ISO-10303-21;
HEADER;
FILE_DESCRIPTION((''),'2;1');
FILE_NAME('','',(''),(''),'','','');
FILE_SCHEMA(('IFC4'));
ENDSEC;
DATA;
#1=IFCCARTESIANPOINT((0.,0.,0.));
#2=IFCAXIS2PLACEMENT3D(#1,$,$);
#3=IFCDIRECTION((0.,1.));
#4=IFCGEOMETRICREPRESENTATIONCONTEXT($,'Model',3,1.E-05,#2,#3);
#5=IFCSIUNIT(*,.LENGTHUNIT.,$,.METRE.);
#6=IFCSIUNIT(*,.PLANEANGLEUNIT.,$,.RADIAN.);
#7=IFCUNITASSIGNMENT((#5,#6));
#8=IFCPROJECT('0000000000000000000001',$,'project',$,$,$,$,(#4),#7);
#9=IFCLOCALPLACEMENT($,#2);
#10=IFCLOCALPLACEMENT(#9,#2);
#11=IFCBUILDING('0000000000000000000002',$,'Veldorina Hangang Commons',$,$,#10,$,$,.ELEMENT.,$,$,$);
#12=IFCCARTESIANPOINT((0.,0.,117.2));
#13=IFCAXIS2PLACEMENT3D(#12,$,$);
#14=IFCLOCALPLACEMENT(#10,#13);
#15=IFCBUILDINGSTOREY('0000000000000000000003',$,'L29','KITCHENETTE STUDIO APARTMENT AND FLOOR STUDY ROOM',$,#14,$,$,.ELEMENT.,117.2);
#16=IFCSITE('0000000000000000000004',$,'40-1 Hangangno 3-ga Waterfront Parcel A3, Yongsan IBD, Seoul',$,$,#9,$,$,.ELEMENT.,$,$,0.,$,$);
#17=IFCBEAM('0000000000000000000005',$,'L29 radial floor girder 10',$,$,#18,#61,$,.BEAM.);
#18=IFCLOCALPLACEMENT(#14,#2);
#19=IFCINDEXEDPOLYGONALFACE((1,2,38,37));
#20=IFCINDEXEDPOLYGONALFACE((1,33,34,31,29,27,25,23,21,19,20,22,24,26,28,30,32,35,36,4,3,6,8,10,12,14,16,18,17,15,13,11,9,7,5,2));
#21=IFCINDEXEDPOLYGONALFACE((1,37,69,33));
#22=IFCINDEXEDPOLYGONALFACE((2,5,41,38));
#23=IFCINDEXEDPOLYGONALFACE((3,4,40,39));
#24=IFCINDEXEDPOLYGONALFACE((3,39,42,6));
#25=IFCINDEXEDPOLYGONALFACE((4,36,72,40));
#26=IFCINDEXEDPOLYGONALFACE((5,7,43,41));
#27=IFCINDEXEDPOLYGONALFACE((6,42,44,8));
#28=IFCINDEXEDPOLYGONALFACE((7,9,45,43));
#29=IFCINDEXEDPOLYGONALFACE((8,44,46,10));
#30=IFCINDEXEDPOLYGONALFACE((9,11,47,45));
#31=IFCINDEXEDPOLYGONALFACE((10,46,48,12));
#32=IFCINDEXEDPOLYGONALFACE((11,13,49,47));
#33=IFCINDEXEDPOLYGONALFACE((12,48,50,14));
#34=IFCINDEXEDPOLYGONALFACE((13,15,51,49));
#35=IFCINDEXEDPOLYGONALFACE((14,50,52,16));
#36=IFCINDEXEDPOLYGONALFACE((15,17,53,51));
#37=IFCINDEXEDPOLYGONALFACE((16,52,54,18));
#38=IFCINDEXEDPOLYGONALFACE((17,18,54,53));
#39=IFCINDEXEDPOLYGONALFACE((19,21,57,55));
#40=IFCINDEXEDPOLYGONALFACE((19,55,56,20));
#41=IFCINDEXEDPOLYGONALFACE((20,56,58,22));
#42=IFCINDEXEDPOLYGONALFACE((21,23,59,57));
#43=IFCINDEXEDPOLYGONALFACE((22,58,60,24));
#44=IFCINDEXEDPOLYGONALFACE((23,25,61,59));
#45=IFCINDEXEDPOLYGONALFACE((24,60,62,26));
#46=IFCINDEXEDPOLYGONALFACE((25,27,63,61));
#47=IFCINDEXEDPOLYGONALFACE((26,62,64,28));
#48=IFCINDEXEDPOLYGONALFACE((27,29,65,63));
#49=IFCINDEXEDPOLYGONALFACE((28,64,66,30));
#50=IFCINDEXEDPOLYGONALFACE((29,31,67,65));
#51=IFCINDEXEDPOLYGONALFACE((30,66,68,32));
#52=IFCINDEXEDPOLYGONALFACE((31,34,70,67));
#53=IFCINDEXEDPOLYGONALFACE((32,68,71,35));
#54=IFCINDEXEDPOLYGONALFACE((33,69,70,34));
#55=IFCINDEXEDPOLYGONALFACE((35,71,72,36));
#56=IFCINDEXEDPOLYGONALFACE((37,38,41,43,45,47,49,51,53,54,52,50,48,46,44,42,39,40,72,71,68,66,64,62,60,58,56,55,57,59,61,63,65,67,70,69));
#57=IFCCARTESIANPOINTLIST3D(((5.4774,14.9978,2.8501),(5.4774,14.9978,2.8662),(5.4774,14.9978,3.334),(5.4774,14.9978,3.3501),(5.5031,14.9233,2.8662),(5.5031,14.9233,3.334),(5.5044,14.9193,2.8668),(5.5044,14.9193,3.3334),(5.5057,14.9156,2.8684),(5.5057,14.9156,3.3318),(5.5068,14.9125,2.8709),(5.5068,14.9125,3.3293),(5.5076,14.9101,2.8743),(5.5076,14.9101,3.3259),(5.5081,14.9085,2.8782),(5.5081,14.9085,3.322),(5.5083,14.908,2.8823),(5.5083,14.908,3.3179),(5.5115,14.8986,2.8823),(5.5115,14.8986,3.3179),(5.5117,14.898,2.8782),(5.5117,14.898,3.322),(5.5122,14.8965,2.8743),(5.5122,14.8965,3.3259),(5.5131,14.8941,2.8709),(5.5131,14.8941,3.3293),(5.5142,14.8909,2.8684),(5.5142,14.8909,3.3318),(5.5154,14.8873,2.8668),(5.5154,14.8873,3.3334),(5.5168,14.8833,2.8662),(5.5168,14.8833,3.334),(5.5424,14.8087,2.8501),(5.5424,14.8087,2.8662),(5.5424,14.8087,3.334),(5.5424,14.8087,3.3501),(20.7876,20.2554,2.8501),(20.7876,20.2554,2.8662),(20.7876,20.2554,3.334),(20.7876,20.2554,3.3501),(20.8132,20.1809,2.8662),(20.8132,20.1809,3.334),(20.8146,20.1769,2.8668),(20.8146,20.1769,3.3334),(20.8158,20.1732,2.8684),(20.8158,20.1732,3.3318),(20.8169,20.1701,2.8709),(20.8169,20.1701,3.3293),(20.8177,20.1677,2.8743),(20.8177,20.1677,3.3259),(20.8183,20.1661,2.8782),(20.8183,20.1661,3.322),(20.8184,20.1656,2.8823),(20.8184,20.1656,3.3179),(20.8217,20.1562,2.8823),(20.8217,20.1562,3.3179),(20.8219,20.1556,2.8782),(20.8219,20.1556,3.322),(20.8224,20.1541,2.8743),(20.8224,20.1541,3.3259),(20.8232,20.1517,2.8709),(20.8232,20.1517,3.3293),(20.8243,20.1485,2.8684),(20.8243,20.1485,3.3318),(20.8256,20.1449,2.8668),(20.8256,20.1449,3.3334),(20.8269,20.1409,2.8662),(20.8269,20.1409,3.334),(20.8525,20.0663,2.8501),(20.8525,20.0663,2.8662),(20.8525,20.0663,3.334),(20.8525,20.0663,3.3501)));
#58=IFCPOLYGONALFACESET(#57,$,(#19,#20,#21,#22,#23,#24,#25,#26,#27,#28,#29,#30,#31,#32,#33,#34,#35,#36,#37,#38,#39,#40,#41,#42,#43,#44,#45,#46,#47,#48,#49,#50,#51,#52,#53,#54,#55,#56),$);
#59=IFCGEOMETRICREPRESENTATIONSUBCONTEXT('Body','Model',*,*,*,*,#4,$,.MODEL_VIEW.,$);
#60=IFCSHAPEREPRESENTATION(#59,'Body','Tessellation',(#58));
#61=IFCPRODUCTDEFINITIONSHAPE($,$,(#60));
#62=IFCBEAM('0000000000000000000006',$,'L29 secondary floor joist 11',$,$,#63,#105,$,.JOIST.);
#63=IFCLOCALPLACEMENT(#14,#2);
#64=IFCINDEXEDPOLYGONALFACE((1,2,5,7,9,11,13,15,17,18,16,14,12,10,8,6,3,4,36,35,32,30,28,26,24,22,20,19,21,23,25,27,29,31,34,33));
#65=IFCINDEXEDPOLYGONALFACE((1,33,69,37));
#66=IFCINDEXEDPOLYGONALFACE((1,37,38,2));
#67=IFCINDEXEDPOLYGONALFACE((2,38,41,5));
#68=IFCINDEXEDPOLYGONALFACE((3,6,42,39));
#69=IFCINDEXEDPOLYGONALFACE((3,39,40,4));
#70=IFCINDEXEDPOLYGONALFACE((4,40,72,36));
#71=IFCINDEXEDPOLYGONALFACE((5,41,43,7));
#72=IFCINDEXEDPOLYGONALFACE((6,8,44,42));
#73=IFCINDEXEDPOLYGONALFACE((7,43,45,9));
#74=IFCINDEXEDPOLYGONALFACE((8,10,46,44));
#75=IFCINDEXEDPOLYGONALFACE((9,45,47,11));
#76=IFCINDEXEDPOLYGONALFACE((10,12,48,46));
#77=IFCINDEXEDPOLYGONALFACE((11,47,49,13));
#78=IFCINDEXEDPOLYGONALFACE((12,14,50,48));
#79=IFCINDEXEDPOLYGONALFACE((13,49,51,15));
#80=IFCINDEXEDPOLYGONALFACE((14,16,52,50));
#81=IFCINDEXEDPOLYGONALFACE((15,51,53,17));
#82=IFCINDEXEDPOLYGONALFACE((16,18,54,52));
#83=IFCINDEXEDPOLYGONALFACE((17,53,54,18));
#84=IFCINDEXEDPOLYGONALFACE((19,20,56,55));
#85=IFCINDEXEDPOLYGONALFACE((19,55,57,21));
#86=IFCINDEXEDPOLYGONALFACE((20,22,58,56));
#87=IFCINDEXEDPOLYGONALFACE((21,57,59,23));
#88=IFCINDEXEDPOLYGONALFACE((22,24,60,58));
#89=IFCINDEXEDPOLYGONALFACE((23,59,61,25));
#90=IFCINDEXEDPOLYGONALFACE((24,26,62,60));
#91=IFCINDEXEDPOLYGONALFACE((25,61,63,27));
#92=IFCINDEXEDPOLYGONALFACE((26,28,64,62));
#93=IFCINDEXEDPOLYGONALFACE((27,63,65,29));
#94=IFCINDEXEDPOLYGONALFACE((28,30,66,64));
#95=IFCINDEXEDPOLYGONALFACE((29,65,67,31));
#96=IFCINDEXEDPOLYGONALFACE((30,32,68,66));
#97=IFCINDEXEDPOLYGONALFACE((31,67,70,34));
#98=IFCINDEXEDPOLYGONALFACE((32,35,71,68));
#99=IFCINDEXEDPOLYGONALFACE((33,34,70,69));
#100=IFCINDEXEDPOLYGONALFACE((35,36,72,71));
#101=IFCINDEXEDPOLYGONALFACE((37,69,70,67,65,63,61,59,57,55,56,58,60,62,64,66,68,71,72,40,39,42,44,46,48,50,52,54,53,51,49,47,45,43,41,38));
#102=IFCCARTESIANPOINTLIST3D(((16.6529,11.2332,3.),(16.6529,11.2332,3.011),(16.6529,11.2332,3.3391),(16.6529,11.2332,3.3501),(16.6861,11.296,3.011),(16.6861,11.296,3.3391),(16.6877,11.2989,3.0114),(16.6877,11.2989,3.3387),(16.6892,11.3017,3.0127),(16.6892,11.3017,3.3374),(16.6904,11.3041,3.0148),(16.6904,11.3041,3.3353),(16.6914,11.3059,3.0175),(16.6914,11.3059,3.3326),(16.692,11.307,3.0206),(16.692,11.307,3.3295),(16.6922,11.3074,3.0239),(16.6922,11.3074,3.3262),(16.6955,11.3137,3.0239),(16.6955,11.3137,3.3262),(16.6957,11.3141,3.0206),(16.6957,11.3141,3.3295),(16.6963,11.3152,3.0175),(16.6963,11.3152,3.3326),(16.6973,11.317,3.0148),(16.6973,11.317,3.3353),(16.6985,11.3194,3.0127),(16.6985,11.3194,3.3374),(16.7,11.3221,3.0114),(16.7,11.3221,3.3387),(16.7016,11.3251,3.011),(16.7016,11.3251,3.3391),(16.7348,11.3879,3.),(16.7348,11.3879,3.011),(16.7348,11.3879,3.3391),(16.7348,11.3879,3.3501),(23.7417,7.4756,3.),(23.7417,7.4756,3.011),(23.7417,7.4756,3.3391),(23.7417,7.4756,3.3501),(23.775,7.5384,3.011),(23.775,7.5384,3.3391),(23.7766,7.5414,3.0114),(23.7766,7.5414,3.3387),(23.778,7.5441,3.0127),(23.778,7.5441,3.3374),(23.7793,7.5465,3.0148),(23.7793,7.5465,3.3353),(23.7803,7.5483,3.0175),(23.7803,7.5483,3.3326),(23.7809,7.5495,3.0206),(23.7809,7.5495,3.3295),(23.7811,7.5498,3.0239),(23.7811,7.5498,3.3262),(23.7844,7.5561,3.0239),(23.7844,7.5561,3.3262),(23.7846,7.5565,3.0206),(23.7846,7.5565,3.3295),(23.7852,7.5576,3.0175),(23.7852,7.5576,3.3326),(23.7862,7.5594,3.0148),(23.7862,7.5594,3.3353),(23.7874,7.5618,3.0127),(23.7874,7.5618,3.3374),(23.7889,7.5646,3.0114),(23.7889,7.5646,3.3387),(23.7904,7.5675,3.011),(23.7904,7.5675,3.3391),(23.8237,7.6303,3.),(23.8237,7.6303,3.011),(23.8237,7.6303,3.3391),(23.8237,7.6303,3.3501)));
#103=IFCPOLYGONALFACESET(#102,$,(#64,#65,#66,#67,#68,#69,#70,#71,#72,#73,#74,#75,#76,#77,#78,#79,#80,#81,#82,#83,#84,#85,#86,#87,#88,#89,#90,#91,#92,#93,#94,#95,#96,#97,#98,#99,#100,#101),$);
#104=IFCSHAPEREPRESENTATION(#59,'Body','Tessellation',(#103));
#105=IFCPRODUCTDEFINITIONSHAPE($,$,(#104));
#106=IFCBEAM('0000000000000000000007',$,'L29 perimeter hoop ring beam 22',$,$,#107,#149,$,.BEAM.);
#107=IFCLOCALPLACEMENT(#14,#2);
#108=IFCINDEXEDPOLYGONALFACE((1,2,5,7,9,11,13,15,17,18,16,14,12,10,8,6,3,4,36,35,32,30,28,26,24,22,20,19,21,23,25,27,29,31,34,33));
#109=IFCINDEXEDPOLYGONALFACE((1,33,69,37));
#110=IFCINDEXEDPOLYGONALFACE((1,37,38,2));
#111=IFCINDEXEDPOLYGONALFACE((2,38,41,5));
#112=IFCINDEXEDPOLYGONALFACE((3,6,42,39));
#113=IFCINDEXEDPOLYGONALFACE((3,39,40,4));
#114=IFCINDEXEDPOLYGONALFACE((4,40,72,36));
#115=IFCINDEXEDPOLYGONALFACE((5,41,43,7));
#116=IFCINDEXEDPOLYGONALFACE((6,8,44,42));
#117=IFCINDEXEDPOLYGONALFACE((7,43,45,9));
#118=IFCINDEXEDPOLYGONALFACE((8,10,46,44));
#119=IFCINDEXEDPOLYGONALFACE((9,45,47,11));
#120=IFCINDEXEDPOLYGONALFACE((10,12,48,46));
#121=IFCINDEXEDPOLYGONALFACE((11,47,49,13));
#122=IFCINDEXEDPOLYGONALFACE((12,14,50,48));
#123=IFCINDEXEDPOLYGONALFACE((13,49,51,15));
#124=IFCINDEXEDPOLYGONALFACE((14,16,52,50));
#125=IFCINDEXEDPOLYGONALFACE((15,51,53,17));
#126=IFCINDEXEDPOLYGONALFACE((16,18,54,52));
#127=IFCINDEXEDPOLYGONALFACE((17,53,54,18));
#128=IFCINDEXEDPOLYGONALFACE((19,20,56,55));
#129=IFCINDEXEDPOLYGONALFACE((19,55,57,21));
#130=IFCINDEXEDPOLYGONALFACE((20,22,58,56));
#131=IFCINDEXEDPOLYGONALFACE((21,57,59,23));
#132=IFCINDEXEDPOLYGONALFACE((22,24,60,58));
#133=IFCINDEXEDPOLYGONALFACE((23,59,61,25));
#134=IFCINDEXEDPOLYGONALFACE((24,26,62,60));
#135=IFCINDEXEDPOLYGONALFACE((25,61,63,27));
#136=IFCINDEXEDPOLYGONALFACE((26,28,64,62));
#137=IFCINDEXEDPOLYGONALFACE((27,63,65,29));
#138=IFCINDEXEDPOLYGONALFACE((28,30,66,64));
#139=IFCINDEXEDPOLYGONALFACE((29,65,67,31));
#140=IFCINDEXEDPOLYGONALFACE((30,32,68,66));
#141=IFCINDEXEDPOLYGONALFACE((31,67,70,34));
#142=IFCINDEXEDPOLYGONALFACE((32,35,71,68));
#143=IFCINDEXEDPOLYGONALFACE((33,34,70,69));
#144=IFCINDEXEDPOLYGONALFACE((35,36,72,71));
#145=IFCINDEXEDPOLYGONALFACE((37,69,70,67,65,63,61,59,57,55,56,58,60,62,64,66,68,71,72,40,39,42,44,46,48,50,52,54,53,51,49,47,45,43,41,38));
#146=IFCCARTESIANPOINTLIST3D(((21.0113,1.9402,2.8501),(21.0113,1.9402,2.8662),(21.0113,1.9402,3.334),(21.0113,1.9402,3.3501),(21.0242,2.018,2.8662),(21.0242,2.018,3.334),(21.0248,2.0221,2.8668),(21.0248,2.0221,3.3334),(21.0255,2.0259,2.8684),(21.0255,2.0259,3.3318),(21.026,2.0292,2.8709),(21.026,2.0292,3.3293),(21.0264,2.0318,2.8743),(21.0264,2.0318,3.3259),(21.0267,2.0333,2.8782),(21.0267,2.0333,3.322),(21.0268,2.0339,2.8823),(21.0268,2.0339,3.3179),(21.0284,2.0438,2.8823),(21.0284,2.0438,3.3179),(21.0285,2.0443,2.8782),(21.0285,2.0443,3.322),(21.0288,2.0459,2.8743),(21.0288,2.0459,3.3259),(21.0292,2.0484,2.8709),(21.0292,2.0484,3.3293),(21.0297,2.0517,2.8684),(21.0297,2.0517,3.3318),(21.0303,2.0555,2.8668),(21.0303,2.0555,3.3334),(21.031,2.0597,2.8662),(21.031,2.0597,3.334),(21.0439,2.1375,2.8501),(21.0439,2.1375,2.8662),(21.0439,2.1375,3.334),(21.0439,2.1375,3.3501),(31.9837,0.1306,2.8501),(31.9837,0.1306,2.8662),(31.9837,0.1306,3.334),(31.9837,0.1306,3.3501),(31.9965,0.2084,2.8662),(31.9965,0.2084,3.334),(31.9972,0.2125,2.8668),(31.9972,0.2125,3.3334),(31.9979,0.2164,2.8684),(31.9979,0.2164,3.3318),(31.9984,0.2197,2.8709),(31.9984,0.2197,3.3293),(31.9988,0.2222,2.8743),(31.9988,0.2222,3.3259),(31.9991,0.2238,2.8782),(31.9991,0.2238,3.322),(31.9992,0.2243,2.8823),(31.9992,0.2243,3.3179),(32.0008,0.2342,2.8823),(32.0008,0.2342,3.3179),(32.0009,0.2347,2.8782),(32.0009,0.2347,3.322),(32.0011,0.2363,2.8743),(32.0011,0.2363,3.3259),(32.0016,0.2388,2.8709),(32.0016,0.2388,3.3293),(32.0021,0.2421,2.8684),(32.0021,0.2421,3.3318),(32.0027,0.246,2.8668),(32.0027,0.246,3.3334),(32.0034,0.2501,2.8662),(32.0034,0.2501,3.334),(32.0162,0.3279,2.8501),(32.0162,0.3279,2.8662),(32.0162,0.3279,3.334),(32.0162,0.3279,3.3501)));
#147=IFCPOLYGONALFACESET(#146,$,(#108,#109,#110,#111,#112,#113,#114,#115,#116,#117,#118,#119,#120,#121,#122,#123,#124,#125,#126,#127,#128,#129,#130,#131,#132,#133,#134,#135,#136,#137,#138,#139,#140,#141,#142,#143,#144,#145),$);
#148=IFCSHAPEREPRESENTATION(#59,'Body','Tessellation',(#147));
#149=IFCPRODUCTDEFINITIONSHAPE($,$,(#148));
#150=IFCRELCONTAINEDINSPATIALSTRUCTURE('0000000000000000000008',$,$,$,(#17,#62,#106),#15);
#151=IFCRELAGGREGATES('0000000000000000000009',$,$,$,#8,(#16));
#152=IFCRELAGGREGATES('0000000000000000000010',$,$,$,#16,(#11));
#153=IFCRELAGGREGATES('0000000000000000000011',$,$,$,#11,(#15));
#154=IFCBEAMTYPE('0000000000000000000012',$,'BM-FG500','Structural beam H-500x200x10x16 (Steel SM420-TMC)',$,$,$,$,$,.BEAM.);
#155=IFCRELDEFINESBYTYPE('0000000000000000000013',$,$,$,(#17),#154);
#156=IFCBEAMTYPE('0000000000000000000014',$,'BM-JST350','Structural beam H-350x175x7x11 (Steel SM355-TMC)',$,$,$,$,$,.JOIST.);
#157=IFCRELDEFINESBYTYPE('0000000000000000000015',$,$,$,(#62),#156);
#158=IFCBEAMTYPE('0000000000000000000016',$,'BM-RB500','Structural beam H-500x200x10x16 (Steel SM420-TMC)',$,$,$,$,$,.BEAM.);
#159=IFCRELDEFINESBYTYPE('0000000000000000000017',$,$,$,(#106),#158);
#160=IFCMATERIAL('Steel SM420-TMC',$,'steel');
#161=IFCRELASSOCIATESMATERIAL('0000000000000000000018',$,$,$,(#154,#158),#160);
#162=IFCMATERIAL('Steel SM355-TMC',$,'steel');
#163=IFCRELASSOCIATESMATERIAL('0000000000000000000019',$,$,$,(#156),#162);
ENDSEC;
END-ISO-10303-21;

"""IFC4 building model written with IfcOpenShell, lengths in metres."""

from ifc_helpers import new_model, si_unit, direction, frame, origin, origin_2d, place, context, subcontext, project, spatial, i_section, extrude, material, material_profile, profile_set, type_object, element, save


model = new_model("IFC4")

# Units and contexts
model_context = context("Model", 3, precision=1e-05, world=origin(), true_north=direction((0.0, 1.0)))
body_context = subcontext(model_context, "Body", "Model", "MODEL_VIEW")
ifc_project = project(units=[si_unit("LENGTHUNIT", "METRE"), si_unit("PLANEANGLEUNIT", "RADIAN")], contexts=[model_context])

# Site, building, storey
site_placement = place(None, origin())
site = spatial("IfcSite", under=ifc_project, at=site_placement, Name="40-1 Hangangno 3-ga Waterfront Parcel A3, Yongsan IBD, Seoul", CompositionType="ELEMENT", RefElevation=0.0)
building_placement = place(site_placement, origin())
building = spatial("IfcBuilding", under=site, at=building_placement, Name="Veldorina Hangang Commons", CompositionType="ELEMENT")
storey_placement = place(building_placement, frame((0.0, 0.0, 117.2)))
storey = spatial("IfcBuildingStorey", under=building, at=storey_placement, Name="L29", Description="KITCHENETTE STUDIO APARTMENT AND FLOOR STUDY ROOM", CompositionType="ELEMENT", Elevation=117.2)

# Beams
ifc_material_1 = material(Name="Steel SM420-TMC", Category="steel")
ifc_material_profile_1 = material_profile(ifc_material_1, i_section(OverallWidth=0.2, OverallDepth=0.5, WebThickness=0.01, FlangeThickness=0.0161, FilletRadius=0.0161, at=origin_2d()), Name="H-500x200x10x16")
ifc_profile_set_1 = profile_set([ifc_material_profile_1], Name="Steel SM420-TMC")
beam_type_1 = type_object("IfcBeamType", Name="BM-FG500", Description="Structural beam H-500x200x10x16 (Steel SM420-TMC)", PredefinedType="BEAM", material=ifc_profile_set_1)
beam_1_placement = place(storey_placement, frame((20.8201, 20.1609, 3.1001), z_axis=(-0.945787, -0.324789, 0.0), x_axis=(0.324789, -0.945787, 0.0)))
element("IfcBeam", 1, at=beam_1_placement, inside=storey, type_object=beam_type_1, Name="L29 radial floor girder 10", PredefinedType="BEAM", context=body_context, shape_type="SweptSolid", body=[
    extrude(i_section(OverallWidth=0.2, OverallDepth=0.5, WebThickness=0.01, FlangeThickness=0.0161, FilletRadius=0.0161, at=origin_2d()), origin(), (0.0, 0.0, 1.0), 16.1877),
])
ifc_material_2 = material(Name="Steel SM355-TMC", Category="steel")
ifc_material_profile_2 = material_profile(ifc_material_2, i_section(OverallWidth=0.175, OverallDepth=0.3501, WebThickness=0.0071, FlangeThickness=0.011, FilletRadius=0.0129, at=origin_2d()), Name="H-350x175x7x11")
ifc_profile_set_2 = profile_set([ifc_material_profile_2], Name="Steel SM355-TMC")
beam_type_2 = type_object("IfcBeamType", Name="BM-JST350", Description="Structural beam H-350x175x7x11 (Steel SM355-TMC)", PredefinedType="JOIST", material=ifc_profile_set_2)
beam_2_placement = place(storey_placement, frame((16.6938, 11.3105, 3.175), z_axis=(0.883549, -0.468339, 0.0), x_axis=(0.468339, 0.883549, 0.0)))
element("IfcBeam", 2, at=beam_2_placement, inside=storey, type_object=beam_type_2, Name="L29 secondary floor joist 11", PredefinedType="JOIST", context=body_context, shape_type="SweptSolid", body=[
    extrude(i_section(OverallWidth=0.175, OverallDepth=0.3501, WebThickness=0.0071, FlangeThickness=0.011, FilletRadius=0.0129, at=origin_2d()), origin(), (0.0, 0.0, 1.0), 8.0232),
])
ifc_material_profile_3 = material_profile(ifc_material_1, i_section(OverallWidth=0.2, OverallDepth=0.5, WebThickness=0.01, FlangeThickness=0.0161, FilletRadius=0.0161, at=origin_2d()), Name="H-500x200x10x16")
ifc_profile_set_3 = profile_set([ifc_material_profile_3], Name="Steel SM420-TMC")
beam_type_3 = type_object("IfcBeamType", Name="BM-RB500", Description="Structural beam H-500x200x10x16 (Steel SM420-TMC)", PredefinedType="BEAM", material=ifc_profile_set_3)
beam_3_placement = place(storey_placement, frame((21.0276, 2.0388, 3.1001), z_axis=(0.986672, -0.162722, 0.0), x_axis=(0.162722, 0.986672, 0.0)))
element("IfcBeam", 3, at=beam_3_placement, inside=storey, type_object=beam_type_3, Name="L29 perimeter hoop ring beam 22", PredefinedType="BEAM", context=body_context, shape_type="SweptSolid", body=[
    extrude(i_section(OverallWidth=0.2, OverallDepth=0.5, WebThickness=0.01, FlangeThickness=0.0161, FilletRadius=0.0161, at=origin_2d()), origin(), (0.0, 0.0, 1.0), 11.1206),
])

save(model, "model.ifc")
